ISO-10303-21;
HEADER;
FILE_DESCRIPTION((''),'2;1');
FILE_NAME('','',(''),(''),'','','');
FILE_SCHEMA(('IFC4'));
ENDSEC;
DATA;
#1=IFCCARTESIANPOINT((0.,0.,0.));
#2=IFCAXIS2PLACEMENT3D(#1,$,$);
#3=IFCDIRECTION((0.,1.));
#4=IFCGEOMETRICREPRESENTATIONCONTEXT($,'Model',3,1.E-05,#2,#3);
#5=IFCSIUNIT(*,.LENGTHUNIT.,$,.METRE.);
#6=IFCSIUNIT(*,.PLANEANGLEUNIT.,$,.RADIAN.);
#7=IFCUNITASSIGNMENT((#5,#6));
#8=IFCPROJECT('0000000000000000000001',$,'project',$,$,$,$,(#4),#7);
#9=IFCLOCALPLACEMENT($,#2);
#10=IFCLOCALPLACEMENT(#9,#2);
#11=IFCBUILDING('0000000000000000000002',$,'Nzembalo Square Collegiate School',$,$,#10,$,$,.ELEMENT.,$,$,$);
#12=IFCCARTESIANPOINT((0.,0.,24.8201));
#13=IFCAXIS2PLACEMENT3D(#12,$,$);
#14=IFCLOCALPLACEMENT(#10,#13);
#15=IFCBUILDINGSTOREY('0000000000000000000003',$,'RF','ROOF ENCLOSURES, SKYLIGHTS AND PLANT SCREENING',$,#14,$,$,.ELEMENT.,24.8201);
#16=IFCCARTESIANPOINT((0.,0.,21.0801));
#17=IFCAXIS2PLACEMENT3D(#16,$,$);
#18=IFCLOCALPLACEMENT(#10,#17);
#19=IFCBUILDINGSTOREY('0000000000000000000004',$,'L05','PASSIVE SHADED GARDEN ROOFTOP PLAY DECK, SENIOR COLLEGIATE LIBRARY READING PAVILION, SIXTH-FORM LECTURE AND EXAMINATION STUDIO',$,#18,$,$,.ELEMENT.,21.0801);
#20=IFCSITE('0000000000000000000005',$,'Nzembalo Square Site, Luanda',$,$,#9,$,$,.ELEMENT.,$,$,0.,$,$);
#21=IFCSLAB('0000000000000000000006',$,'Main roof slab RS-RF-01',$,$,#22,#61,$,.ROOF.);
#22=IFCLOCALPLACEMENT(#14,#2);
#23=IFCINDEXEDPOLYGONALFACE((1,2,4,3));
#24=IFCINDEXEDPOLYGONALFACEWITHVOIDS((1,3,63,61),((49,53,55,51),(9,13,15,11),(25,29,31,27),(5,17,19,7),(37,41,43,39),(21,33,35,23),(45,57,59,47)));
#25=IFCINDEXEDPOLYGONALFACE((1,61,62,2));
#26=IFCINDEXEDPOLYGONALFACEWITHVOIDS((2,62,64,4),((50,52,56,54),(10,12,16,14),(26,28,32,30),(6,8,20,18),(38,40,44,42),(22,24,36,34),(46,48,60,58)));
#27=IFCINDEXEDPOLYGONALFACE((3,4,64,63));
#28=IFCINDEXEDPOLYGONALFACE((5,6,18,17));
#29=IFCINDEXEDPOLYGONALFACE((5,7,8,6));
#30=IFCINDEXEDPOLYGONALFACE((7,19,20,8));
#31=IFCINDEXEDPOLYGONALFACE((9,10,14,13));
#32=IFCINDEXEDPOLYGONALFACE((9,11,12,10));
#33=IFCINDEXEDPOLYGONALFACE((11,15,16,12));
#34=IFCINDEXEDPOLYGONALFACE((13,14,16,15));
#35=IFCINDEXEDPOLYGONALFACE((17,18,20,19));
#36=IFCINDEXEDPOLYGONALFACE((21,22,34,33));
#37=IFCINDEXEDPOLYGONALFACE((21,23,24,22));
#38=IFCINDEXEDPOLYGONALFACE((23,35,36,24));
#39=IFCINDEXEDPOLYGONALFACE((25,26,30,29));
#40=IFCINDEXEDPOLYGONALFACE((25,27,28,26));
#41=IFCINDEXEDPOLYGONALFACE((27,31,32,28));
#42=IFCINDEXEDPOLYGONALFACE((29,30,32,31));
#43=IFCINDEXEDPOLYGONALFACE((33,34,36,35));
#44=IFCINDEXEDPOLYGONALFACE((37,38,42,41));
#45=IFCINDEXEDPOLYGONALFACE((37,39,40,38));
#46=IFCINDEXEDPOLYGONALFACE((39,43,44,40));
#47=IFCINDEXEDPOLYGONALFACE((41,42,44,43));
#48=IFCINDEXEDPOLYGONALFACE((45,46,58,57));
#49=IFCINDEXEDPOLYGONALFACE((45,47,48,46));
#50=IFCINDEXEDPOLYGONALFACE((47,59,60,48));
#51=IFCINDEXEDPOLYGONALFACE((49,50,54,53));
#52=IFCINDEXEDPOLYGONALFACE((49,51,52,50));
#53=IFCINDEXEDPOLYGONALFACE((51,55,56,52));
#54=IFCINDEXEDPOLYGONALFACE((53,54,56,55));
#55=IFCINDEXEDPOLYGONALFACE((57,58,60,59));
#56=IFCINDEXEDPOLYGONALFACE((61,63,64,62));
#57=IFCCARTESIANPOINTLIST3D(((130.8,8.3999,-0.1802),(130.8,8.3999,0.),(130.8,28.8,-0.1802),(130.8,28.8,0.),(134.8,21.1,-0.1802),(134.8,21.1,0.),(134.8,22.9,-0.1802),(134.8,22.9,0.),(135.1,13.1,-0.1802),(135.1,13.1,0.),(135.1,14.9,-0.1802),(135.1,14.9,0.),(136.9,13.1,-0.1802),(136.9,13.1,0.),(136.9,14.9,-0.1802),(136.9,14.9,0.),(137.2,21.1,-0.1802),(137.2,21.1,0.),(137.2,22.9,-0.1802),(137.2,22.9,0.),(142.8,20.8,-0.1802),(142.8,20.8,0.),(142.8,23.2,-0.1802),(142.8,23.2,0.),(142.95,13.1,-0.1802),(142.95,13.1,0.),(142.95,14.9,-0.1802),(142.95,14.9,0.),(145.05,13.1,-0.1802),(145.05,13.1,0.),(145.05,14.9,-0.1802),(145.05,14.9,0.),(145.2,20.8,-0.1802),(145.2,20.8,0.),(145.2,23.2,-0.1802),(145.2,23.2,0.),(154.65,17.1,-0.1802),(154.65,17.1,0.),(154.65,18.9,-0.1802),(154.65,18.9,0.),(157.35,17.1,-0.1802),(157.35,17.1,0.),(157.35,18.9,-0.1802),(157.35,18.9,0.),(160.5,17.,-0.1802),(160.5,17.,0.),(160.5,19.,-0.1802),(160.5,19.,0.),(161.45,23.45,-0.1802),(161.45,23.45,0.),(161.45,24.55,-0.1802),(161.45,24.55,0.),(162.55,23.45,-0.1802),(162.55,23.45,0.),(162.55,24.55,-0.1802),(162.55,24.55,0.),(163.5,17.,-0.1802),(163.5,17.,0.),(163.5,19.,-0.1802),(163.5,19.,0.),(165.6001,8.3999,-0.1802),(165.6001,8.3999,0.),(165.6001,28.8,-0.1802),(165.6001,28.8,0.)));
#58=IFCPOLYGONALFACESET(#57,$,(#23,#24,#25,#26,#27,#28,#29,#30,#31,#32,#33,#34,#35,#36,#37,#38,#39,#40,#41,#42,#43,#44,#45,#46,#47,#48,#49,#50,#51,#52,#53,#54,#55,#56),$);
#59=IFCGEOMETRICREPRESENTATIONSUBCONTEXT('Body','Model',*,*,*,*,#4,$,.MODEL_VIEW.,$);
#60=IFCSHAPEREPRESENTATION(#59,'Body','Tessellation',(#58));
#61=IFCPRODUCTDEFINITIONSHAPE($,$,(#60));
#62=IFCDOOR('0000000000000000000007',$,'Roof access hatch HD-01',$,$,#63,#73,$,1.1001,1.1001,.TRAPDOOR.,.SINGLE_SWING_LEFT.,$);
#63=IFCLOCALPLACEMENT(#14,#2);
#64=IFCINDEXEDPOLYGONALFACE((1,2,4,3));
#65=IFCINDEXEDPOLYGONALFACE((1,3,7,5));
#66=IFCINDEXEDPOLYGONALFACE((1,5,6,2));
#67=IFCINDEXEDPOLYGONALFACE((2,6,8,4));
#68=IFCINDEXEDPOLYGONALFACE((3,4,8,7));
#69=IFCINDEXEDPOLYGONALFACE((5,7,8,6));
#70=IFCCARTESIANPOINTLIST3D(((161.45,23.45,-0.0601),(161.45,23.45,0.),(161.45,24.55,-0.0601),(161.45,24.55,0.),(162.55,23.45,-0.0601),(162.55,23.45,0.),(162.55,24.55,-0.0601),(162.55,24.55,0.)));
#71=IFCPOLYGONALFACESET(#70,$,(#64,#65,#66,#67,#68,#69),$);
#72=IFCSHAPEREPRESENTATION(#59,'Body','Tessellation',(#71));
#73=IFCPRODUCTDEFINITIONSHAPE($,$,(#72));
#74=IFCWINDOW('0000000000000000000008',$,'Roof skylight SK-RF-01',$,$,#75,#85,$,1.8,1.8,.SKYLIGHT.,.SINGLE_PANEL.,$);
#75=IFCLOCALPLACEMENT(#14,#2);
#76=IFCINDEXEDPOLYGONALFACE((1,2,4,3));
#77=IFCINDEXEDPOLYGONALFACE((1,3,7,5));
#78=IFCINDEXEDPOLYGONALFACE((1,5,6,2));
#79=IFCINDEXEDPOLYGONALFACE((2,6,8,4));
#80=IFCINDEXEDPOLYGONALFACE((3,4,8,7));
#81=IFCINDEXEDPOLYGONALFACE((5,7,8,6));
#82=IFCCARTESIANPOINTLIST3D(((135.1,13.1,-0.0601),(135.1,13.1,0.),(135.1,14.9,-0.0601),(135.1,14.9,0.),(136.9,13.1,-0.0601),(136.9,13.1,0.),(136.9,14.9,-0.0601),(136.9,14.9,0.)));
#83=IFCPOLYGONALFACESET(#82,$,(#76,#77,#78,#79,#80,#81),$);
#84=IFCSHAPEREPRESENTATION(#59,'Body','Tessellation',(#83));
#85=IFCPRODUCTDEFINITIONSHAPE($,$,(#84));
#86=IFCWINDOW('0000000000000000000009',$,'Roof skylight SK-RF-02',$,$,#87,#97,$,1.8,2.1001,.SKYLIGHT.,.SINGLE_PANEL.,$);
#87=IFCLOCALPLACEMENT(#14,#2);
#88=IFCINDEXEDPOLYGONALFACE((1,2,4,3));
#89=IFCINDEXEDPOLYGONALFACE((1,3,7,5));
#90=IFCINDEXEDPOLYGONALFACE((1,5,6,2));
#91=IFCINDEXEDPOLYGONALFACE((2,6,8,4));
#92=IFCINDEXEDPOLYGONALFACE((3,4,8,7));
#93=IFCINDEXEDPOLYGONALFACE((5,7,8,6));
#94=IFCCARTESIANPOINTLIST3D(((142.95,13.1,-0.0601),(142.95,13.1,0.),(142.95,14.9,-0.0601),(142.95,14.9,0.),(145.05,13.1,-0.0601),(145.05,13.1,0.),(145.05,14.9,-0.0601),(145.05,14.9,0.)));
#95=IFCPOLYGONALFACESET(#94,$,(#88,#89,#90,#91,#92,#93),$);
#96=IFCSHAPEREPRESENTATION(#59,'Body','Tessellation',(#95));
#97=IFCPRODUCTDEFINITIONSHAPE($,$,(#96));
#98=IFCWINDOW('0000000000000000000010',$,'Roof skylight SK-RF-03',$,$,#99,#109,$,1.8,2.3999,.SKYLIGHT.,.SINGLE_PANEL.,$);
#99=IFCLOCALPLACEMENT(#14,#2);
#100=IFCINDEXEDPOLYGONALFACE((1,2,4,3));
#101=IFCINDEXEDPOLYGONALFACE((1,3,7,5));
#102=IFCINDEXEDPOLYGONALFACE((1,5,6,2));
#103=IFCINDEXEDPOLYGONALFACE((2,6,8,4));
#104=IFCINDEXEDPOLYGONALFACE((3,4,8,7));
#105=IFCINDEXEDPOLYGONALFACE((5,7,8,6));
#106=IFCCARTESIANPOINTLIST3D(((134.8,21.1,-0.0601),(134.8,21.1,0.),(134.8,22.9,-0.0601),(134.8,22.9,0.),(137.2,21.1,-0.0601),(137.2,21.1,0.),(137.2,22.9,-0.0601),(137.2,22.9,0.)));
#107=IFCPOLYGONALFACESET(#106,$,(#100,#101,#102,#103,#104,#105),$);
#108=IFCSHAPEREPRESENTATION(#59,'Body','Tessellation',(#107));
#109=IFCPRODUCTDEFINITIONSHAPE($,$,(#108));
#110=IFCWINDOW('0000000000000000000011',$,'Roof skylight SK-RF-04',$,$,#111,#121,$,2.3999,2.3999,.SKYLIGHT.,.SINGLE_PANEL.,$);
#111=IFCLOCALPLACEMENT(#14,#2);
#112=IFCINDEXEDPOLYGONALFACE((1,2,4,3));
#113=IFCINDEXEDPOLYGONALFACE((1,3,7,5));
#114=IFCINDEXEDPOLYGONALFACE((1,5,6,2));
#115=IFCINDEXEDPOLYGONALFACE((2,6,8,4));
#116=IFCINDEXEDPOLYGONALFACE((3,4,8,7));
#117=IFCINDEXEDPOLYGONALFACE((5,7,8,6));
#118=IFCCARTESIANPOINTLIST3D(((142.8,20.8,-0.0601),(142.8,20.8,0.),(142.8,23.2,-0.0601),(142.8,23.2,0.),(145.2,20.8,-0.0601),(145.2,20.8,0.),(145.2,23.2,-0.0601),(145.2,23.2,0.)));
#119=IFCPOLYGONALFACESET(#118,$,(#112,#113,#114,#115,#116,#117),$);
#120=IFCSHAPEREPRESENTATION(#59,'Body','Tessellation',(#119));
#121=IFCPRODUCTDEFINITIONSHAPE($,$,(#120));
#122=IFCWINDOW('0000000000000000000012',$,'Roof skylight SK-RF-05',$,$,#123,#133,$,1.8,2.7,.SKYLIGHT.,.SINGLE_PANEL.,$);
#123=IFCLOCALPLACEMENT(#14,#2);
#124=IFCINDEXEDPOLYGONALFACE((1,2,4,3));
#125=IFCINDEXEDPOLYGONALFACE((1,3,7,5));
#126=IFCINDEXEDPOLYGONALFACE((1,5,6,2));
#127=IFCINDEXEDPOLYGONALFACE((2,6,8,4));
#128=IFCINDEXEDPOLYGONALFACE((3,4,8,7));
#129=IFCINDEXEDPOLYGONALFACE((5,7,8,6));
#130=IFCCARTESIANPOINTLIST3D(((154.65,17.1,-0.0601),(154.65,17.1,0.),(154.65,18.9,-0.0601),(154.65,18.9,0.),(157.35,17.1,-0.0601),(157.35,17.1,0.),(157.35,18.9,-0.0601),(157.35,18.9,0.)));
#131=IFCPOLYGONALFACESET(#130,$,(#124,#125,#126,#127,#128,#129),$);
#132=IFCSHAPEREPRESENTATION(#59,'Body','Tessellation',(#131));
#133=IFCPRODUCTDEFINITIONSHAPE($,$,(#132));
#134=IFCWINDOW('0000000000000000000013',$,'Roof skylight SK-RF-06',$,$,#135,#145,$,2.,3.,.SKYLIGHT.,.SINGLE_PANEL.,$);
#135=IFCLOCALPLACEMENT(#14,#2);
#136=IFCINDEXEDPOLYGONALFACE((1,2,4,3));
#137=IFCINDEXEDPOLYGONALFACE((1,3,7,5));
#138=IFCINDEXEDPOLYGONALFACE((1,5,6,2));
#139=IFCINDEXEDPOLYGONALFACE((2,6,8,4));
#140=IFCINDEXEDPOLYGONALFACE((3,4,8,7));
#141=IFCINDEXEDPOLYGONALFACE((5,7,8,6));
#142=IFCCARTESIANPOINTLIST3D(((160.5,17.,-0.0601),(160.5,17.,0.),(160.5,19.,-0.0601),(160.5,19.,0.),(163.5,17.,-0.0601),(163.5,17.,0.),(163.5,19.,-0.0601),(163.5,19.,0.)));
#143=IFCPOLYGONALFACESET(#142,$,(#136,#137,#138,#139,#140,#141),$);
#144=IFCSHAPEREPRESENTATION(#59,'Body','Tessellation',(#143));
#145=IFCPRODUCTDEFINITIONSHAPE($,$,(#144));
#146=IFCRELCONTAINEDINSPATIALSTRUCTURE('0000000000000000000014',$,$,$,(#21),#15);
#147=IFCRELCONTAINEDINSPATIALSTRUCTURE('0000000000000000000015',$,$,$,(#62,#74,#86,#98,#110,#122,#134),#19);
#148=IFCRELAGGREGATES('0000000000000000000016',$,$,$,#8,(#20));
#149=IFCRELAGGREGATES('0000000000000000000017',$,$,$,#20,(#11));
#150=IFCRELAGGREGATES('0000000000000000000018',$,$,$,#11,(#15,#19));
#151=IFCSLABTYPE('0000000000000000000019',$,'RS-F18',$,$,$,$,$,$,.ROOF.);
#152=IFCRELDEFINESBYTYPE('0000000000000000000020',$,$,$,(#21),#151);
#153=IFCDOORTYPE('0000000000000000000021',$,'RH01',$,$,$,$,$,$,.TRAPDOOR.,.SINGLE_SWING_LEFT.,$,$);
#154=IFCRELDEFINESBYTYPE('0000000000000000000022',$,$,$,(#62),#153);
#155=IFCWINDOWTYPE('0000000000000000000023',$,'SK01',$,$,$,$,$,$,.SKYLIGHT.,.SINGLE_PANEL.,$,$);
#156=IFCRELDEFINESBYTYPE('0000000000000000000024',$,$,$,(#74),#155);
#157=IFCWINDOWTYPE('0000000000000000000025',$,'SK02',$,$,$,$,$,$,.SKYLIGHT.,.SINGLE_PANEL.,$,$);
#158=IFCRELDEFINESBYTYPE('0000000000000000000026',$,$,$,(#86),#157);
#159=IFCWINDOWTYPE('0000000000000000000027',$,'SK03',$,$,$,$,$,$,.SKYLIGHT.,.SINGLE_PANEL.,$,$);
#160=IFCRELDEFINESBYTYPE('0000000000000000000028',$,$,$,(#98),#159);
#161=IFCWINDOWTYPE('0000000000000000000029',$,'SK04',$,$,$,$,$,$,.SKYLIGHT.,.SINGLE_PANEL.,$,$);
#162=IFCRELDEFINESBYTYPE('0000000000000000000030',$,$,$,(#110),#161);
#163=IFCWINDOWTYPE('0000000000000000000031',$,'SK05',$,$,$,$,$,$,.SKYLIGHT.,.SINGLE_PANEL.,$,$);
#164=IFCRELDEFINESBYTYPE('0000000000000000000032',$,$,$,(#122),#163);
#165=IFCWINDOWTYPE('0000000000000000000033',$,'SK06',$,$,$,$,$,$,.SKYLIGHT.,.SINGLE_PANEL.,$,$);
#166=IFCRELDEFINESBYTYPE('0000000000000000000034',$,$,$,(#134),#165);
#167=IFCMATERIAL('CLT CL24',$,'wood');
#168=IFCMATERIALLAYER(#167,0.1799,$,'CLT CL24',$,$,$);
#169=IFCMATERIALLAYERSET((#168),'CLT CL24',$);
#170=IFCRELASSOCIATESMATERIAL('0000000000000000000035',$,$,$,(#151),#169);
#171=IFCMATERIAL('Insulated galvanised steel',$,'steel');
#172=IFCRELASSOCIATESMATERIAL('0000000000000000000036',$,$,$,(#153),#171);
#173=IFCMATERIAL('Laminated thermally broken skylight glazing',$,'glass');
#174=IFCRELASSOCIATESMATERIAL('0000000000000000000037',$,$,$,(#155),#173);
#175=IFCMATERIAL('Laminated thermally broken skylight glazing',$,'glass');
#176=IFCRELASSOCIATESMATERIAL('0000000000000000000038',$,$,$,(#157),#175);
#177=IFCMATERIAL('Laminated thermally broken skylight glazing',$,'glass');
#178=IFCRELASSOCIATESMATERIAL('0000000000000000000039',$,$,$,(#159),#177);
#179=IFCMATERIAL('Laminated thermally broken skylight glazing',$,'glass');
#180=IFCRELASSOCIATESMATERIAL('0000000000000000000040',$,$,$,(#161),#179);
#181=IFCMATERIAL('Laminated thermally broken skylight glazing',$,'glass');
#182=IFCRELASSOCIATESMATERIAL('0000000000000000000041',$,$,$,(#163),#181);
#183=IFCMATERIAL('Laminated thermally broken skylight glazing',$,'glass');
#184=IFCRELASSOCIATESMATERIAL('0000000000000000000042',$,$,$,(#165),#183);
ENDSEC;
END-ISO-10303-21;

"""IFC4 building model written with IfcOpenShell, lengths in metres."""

from ifc_helpers import new_model, si_unit, direction, frame, origin, origin_2d, place, context, subcontext, project, spatial, polyline, rectangle, outline, extrude, material, layer, layer_set, type_object, element, fill, save


model = new_model("IFC4")

# Units and contexts
model_context = context("Model", 3, precision=1e-05, world=origin(), true_north=direction((0.0, 1.0)))
body_context = subcontext(model_context, "Body", "Model", "MODEL_VIEW")
ifc_project = project(units=[si_unit("LENGTHUNIT", "METRE"), si_unit("PLANEANGLEUNIT", "RADIAN")], contexts=[model_context])

# Site, building, storey
site_placement = place(None, origin())
site = spatial("IfcSite", under=ifc_project, at=site_placement, Name="Nzembalo Square Site, Luanda", CompositionType="ELEMENT", RefElevation=0.0)
building_placement = place(site_placement, origin())
building = spatial("IfcBuilding", under=site, at=building_placement, Name="Nzembalo Square Collegiate School", CompositionType="ELEMENT")
storey_1_placement = place(building_placement, frame((0.0, 0.0, 24.8201)))
storey_1 = spatial("IfcBuildingStorey", under=building, at=storey_1_placement, Name="RF", Description="ROOF ENCLOSURES, SKYLIGHTS AND PLANT SCREENING", CompositionType="ELEMENT", Elevation=24.8201)

# Slab, openings
ifc_material_1 = material(Name="CLT CL24", Category="wood")
ifc_layer_1 = layer(ifc_material_1, 0.1799, Name="CLT CL24")
ifc_layer_set_1 = layer_set([ifc_layer_1], Name="CLT CL24")
slab_type_1 = type_object("IfcSlabType", Name="RS-F18", PredefinedType="ROOF", material=ifc_layer_set_1)
slab_1_placement = place(storey_1_placement, frame((0.0, 0.0, -0.1802)))
slab_1 = element("IfcSlab", 1, at=slab_1_placement, inside=storey_1, type_object=slab_type_1, Name="Main roof slab RS-RF-01", PredefinedType="ROOF", context=body_context, shape_type="SweptSolid", body=[
    extrude(outline(polyline([(130.8, 8.3999), (165.6001, 8.3999), (165.6001, 28.8), (130.8, 28.8), (130.8, 8.3999)])), origin(), (0.0, 0.0, 1.0), 0.1802),
])
opening_1_placement = place(slab_1_placement, frame((136.0, 14.0, -0.01)))
opening_1 = element("IfcOpeningElement", 2, at=opening_1_placement, cuts=slab_1, PredefinedType="OPENING", context=body_context, shape_type="SweptSolid", body=[
    extrude(rectangle(XDim=1.8, YDim=1.8, at=origin_2d()), origin(), (0.0, 0.0, 1.0), 0.2002),
])
opening_2_placement = place(slab_1_placement, frame((144.0, 14.0, -0.01)))
opening_2 = element("IfcOpeningElement", 3, at=opening_2_placement, cuts=slab_1, PredefinedType="OPENING", context=body_context, shape_type="SweptSolid", body=[
    extrude(rectangle(XDim=2.1001, YDim=1.8, at=origin_2d()), origin(), (0.0, 0.0, 1.0), 0.2002),
])
opening_3_placement = place(slab_1_placement, frame((136.0, 22.0, -0.01)))
opening_3 = element("IfcOpeningElement", 4, at=opening_3_placement, cuts=slab_1, PredefinedType="OPENING", context=body_context, shape_type="SweptSolid", body=[
    extrude(rectangle(XDim=2.3999, YDim=1.8, at=origin_2d()), origin(), (0.0, 0.0, 1.0), 0.2002),
])
opening_4_placement = place(slab_1_placement, frame((144.0, 22.0, -0.01)))
opening_4 = element("IfcOpeningElement", 5, at=opening_4_placement, cuts=slab_1, PredefinedType="OPENING", context=body_context, shape_type="SweptSolid", body=[
    extrude(rectangle(XDim=2.3999, YDim=2.3999, at=origin_2d()), origin(), (0.0, 0.0, 1.0), 0.2002),
])
opening_5_placement = place(slab_1_placement, frame((156.0, 18.0, -0.01)))
opening_5 = element("IfcOpeningElement", 6, at=opening_5_placement, cuts=slab_1, PredefinedType="OPENING", context=body_context, shape_type="SweptSolid", body=[
    extrude(rectangle(XDim=2.7, YDim=1.8, at=origin_2d()), origin(), (0.0, 0.0, 1.0), 0.2002),
])
opening_6_placement = place(slab_1_placement, frame((162.0, 18.0, -0.01)))
opening_6 = element("IfcOpeningElement", 7, at=opening_6_placement, cuts=slab_1, PredefinedType="OPENING", context=body_context, shape_type="SweptSolid", body=[
    extrude(rectangle(XDim=3.0, YDim=2.0, at=origin_2d()), origin(), (0.0, 0.0, 1.0), 0.2002),
])
opening_7_placement = place(slab_1_placement, frame((162.0, 24.0, -0.01)))
opening_7 = element("IfcOpeningElement", 8, at=opening_7_placement, cuts=slab_1, PredefinedType="OPENING", context=body_context, shape_type="SweptSolid", body=[
    extrude(rectangle(XDim=1.1001, YDim=1.1001, at=origin_2d()), origin(), (0.0, 0.0, 1.0), 0.2002),
])

# Shared definitions
storey_2_placement = place(building_placement, frame((0.0, 0.0, 21.0801)))
storey_2 = spatial("IfcBuildingStorey", under=building, at=storey_2_placement, Name="L05", Description="PASSIVE SHADED GARDEN ROOFTOP PLAY DECK, SENIOR COLLEGIATE LIBRARY READING PAVILION, SIXTH-FORM LECTURE AND EXAMINATION STUDIO", CompositionType="ELEMENT", Elevation=21.0801)

# Door
ifc_material_2 = material(Name="Insulated galvanised steel", Category="steel")
door_type_1 = type_object("IfcDoorType", Name="RH01", OperationType="SINGLE_SWING_LEFT", PredefinedType="TRAPDOOR", material=ifc_material_2)
door_1_placement = place(slab_1_placement, frame((162.0, 24.0, 0.1201)))
door_1 = element("IfcDoor", 9, at=door_1_placement, inside=storey_2, type_object=door_type_1, Name="Roof access hatch HD-01", OperationType="SINGLE_SWING_LEFT", OverallHeight=1.1001, OverallWidth=1.1001, PredefinedType="TRAPDOOR", context=body_context, shape_type="SweptSolid", body=[
    extrude(rectangle(XDim=1.1001, YDim=1.1001, at=origin_2d()), origin(), (0.0, 0.0, 1.0), 0.0601),
])
fill(opening_7, door_1)

# Windows
ifc_material_3 = material(Name="Laminated thermally broken skylight glazing", Category="glass")
window_type_1 = type_object("IfcWindowType", Name="SK01", PartitioningType="SINGLE_PANEL", PredefinedType="SKYLIGHT", material=ifc_material_3)
window_1_placement = place(slab_1_placement, frame((136.0, 14.0, 0.1201)))
window_1 = element("IfcWindow", 10, at=window_1_placement, inside=storey_2, type_object=window_type_1, Name="Roof skylight SK-RF-01", OverallHeight=1.8, OverallWidth=1.8, PartitioningType="SINGLE_PANEL", PredefinedType="SKYLIGHT", context=body_context, shape_type="SweptSolid", body=[
    extrude(rectangle(XDim=1.8, YDim=1.8, at=origin_2d()), origin(), (0.0, 0.0, 1.0), 0.0601),
])
fill(opening_1, window_1)
ifc_material_4 = material(Name="Laminated thermally broken skylight glazing", Category="glass")
window_type_2 = type_object("IfcWindowType", Name="SK02", PartitioningType="SINGLE_PANEL", PredefinedType="SKYLIGHT", material=ifc_material_4)
window_2_placement = place(slab_1_placement, frame((144.0, 14.0, 0.1201)))
window_2 = element("IfcWindow", 11, at=window_2_placement, inside=storey_2, type_object=window_type_2, Name="Roof skylight SK-RF-02", OverallHeight=1.8, OverallWidth=2.1001, PartitioningType="SINGLE_PANEL", PredefinedType="SKYLIGHT", context=body_context, shape_type="SweptSolid", body=[
    extrude(rectangle(XDim=2.1001, YDim=1.8, at=origin_2d()), origin(), (0.0, 0.0, 1.0), 0.0601),
])
fill(opening_2, window_2)
ifc_material_5 = material(Name="Laminated thermally broken skylight glazing", Category="glass")
window_type_3 = type_object("IfcWindowType", Name="SK03", PartitioningType="SINGLE_PANEL", PredefinedType="SKYLIGHT", material=ifc_material_5)
window_3_placement = place(slab_1_placement, frame((136.0, 22.0, 0.1201)))
window_3 = element("IfcWindow", 12, at=window_3_placement, inside=storey_2, type_object=window_type_3, Name="Roof skylight SK-RF-03", OverallHeight=1.8, OverallWidth=2.3999, PartitioningType="SINGLE_PANEL", PredefinedType="SKYLIGHT", context=body_context, shape_type="SweptSolid", body=[
    extrude(rectangle(XDim=2.3999, YDim=1.8, at=origin_2d()), origin(), (0.0, 0.0, 1.0), 0.0601),
])
fill(opening_3, window_3)
ifc_material_6 = material(Name="Laminated thermally broken skylight glazing", Category="glass")
window_type_4 = type_object("IfcWindowType", Name="SK04", PartitioningType="SINGLE_PANEL", PredefinedType="SKYLIGHT", material=ifc_material_6)
window_4_placement = place(slab_1_placement, frame((144.0, 22.0, 0.1201)))
window_4 = element("IfcWindow", 13, at=window_4_placement, inside=storey_2, type_object=window_type_4, Name="Roof skylight SK-RF-04", OverallHeight=2.3999, OverallWidth=2.3999, PartitioningType="SINGLE_PANEL", PredefinedType="SKYLIGHT", context=body_context, shape_type="SweptSolid", body=[
    extrude(rectangle(XDim=2.3999, YDim=2.3999, at=origin_2d()), origin(), (0.0, 0.0, 1.0), 0.0601),
])
fill(opening_4, window_4)
ifc_material_7 = material(Name="Laminated thermally broken skylight glazing", Category="glass")
window_type_5 = type_object("IfcWindowType", Name="SK05", PartitioningType="SINGLE_PANEL", PredefinedType="SKYLIGHT", material=ifc_material_7)
window_5_placement = place(slab_1_placement, frame((156.0, 18.0, 0.1201)))
window_5 = element("IfcWindow", 14, at=window_5_placement, inside=storey_2, type_object=window_type_5, Name="Roof skylight SK-RF-05", OverallHeight=1.8, OverallWidth=2.7, PartitioningType="SINGLE_PANEL", PredefinedType="SKYLIGHT", context=body_context, shape_type="SweptSolid", body=[
    extrude(rectangle(XDim=2.7, YDim=1.8, at=origin_2d()), origin(), (0.0, 0.0, 1.0), 0.0601),
])
fill(opening_5, window_5)
ifc_material_8 = material(Name="Laminated thermally broken skylight glazing", Category="glass")
window_type_6 = type_object("IfcWindowType", Name="SK06", PartitioningType="SINGLE_PANEL", PredefinedType="SKYLIGHT", material=ifc_material_8)
window_6_placement = place(slab_1_placement, frame((162.0, 18.0, 0.1201)))
window_6 = element("IfcWindow", 15, at=window_6_placement, inside=storey_2, type_object=window_type_6, Name="Roof skylight SK-RF-06", OverallHeight=2.0, OverallWidth=3.0, PartitioningType="SINGLE_PANEL", PredefinedType="SKYLIGHT", context=body_context, shape_type="SweptSolid", body=[
    extrude(rectangle(XDim=3.0, YDim=2.0, at=origin_2d()), origin(), (0.0, 0.0, 1.0), 0.0601),
])
fill(opening_6, window_6)

save(model, "model.ifc")
